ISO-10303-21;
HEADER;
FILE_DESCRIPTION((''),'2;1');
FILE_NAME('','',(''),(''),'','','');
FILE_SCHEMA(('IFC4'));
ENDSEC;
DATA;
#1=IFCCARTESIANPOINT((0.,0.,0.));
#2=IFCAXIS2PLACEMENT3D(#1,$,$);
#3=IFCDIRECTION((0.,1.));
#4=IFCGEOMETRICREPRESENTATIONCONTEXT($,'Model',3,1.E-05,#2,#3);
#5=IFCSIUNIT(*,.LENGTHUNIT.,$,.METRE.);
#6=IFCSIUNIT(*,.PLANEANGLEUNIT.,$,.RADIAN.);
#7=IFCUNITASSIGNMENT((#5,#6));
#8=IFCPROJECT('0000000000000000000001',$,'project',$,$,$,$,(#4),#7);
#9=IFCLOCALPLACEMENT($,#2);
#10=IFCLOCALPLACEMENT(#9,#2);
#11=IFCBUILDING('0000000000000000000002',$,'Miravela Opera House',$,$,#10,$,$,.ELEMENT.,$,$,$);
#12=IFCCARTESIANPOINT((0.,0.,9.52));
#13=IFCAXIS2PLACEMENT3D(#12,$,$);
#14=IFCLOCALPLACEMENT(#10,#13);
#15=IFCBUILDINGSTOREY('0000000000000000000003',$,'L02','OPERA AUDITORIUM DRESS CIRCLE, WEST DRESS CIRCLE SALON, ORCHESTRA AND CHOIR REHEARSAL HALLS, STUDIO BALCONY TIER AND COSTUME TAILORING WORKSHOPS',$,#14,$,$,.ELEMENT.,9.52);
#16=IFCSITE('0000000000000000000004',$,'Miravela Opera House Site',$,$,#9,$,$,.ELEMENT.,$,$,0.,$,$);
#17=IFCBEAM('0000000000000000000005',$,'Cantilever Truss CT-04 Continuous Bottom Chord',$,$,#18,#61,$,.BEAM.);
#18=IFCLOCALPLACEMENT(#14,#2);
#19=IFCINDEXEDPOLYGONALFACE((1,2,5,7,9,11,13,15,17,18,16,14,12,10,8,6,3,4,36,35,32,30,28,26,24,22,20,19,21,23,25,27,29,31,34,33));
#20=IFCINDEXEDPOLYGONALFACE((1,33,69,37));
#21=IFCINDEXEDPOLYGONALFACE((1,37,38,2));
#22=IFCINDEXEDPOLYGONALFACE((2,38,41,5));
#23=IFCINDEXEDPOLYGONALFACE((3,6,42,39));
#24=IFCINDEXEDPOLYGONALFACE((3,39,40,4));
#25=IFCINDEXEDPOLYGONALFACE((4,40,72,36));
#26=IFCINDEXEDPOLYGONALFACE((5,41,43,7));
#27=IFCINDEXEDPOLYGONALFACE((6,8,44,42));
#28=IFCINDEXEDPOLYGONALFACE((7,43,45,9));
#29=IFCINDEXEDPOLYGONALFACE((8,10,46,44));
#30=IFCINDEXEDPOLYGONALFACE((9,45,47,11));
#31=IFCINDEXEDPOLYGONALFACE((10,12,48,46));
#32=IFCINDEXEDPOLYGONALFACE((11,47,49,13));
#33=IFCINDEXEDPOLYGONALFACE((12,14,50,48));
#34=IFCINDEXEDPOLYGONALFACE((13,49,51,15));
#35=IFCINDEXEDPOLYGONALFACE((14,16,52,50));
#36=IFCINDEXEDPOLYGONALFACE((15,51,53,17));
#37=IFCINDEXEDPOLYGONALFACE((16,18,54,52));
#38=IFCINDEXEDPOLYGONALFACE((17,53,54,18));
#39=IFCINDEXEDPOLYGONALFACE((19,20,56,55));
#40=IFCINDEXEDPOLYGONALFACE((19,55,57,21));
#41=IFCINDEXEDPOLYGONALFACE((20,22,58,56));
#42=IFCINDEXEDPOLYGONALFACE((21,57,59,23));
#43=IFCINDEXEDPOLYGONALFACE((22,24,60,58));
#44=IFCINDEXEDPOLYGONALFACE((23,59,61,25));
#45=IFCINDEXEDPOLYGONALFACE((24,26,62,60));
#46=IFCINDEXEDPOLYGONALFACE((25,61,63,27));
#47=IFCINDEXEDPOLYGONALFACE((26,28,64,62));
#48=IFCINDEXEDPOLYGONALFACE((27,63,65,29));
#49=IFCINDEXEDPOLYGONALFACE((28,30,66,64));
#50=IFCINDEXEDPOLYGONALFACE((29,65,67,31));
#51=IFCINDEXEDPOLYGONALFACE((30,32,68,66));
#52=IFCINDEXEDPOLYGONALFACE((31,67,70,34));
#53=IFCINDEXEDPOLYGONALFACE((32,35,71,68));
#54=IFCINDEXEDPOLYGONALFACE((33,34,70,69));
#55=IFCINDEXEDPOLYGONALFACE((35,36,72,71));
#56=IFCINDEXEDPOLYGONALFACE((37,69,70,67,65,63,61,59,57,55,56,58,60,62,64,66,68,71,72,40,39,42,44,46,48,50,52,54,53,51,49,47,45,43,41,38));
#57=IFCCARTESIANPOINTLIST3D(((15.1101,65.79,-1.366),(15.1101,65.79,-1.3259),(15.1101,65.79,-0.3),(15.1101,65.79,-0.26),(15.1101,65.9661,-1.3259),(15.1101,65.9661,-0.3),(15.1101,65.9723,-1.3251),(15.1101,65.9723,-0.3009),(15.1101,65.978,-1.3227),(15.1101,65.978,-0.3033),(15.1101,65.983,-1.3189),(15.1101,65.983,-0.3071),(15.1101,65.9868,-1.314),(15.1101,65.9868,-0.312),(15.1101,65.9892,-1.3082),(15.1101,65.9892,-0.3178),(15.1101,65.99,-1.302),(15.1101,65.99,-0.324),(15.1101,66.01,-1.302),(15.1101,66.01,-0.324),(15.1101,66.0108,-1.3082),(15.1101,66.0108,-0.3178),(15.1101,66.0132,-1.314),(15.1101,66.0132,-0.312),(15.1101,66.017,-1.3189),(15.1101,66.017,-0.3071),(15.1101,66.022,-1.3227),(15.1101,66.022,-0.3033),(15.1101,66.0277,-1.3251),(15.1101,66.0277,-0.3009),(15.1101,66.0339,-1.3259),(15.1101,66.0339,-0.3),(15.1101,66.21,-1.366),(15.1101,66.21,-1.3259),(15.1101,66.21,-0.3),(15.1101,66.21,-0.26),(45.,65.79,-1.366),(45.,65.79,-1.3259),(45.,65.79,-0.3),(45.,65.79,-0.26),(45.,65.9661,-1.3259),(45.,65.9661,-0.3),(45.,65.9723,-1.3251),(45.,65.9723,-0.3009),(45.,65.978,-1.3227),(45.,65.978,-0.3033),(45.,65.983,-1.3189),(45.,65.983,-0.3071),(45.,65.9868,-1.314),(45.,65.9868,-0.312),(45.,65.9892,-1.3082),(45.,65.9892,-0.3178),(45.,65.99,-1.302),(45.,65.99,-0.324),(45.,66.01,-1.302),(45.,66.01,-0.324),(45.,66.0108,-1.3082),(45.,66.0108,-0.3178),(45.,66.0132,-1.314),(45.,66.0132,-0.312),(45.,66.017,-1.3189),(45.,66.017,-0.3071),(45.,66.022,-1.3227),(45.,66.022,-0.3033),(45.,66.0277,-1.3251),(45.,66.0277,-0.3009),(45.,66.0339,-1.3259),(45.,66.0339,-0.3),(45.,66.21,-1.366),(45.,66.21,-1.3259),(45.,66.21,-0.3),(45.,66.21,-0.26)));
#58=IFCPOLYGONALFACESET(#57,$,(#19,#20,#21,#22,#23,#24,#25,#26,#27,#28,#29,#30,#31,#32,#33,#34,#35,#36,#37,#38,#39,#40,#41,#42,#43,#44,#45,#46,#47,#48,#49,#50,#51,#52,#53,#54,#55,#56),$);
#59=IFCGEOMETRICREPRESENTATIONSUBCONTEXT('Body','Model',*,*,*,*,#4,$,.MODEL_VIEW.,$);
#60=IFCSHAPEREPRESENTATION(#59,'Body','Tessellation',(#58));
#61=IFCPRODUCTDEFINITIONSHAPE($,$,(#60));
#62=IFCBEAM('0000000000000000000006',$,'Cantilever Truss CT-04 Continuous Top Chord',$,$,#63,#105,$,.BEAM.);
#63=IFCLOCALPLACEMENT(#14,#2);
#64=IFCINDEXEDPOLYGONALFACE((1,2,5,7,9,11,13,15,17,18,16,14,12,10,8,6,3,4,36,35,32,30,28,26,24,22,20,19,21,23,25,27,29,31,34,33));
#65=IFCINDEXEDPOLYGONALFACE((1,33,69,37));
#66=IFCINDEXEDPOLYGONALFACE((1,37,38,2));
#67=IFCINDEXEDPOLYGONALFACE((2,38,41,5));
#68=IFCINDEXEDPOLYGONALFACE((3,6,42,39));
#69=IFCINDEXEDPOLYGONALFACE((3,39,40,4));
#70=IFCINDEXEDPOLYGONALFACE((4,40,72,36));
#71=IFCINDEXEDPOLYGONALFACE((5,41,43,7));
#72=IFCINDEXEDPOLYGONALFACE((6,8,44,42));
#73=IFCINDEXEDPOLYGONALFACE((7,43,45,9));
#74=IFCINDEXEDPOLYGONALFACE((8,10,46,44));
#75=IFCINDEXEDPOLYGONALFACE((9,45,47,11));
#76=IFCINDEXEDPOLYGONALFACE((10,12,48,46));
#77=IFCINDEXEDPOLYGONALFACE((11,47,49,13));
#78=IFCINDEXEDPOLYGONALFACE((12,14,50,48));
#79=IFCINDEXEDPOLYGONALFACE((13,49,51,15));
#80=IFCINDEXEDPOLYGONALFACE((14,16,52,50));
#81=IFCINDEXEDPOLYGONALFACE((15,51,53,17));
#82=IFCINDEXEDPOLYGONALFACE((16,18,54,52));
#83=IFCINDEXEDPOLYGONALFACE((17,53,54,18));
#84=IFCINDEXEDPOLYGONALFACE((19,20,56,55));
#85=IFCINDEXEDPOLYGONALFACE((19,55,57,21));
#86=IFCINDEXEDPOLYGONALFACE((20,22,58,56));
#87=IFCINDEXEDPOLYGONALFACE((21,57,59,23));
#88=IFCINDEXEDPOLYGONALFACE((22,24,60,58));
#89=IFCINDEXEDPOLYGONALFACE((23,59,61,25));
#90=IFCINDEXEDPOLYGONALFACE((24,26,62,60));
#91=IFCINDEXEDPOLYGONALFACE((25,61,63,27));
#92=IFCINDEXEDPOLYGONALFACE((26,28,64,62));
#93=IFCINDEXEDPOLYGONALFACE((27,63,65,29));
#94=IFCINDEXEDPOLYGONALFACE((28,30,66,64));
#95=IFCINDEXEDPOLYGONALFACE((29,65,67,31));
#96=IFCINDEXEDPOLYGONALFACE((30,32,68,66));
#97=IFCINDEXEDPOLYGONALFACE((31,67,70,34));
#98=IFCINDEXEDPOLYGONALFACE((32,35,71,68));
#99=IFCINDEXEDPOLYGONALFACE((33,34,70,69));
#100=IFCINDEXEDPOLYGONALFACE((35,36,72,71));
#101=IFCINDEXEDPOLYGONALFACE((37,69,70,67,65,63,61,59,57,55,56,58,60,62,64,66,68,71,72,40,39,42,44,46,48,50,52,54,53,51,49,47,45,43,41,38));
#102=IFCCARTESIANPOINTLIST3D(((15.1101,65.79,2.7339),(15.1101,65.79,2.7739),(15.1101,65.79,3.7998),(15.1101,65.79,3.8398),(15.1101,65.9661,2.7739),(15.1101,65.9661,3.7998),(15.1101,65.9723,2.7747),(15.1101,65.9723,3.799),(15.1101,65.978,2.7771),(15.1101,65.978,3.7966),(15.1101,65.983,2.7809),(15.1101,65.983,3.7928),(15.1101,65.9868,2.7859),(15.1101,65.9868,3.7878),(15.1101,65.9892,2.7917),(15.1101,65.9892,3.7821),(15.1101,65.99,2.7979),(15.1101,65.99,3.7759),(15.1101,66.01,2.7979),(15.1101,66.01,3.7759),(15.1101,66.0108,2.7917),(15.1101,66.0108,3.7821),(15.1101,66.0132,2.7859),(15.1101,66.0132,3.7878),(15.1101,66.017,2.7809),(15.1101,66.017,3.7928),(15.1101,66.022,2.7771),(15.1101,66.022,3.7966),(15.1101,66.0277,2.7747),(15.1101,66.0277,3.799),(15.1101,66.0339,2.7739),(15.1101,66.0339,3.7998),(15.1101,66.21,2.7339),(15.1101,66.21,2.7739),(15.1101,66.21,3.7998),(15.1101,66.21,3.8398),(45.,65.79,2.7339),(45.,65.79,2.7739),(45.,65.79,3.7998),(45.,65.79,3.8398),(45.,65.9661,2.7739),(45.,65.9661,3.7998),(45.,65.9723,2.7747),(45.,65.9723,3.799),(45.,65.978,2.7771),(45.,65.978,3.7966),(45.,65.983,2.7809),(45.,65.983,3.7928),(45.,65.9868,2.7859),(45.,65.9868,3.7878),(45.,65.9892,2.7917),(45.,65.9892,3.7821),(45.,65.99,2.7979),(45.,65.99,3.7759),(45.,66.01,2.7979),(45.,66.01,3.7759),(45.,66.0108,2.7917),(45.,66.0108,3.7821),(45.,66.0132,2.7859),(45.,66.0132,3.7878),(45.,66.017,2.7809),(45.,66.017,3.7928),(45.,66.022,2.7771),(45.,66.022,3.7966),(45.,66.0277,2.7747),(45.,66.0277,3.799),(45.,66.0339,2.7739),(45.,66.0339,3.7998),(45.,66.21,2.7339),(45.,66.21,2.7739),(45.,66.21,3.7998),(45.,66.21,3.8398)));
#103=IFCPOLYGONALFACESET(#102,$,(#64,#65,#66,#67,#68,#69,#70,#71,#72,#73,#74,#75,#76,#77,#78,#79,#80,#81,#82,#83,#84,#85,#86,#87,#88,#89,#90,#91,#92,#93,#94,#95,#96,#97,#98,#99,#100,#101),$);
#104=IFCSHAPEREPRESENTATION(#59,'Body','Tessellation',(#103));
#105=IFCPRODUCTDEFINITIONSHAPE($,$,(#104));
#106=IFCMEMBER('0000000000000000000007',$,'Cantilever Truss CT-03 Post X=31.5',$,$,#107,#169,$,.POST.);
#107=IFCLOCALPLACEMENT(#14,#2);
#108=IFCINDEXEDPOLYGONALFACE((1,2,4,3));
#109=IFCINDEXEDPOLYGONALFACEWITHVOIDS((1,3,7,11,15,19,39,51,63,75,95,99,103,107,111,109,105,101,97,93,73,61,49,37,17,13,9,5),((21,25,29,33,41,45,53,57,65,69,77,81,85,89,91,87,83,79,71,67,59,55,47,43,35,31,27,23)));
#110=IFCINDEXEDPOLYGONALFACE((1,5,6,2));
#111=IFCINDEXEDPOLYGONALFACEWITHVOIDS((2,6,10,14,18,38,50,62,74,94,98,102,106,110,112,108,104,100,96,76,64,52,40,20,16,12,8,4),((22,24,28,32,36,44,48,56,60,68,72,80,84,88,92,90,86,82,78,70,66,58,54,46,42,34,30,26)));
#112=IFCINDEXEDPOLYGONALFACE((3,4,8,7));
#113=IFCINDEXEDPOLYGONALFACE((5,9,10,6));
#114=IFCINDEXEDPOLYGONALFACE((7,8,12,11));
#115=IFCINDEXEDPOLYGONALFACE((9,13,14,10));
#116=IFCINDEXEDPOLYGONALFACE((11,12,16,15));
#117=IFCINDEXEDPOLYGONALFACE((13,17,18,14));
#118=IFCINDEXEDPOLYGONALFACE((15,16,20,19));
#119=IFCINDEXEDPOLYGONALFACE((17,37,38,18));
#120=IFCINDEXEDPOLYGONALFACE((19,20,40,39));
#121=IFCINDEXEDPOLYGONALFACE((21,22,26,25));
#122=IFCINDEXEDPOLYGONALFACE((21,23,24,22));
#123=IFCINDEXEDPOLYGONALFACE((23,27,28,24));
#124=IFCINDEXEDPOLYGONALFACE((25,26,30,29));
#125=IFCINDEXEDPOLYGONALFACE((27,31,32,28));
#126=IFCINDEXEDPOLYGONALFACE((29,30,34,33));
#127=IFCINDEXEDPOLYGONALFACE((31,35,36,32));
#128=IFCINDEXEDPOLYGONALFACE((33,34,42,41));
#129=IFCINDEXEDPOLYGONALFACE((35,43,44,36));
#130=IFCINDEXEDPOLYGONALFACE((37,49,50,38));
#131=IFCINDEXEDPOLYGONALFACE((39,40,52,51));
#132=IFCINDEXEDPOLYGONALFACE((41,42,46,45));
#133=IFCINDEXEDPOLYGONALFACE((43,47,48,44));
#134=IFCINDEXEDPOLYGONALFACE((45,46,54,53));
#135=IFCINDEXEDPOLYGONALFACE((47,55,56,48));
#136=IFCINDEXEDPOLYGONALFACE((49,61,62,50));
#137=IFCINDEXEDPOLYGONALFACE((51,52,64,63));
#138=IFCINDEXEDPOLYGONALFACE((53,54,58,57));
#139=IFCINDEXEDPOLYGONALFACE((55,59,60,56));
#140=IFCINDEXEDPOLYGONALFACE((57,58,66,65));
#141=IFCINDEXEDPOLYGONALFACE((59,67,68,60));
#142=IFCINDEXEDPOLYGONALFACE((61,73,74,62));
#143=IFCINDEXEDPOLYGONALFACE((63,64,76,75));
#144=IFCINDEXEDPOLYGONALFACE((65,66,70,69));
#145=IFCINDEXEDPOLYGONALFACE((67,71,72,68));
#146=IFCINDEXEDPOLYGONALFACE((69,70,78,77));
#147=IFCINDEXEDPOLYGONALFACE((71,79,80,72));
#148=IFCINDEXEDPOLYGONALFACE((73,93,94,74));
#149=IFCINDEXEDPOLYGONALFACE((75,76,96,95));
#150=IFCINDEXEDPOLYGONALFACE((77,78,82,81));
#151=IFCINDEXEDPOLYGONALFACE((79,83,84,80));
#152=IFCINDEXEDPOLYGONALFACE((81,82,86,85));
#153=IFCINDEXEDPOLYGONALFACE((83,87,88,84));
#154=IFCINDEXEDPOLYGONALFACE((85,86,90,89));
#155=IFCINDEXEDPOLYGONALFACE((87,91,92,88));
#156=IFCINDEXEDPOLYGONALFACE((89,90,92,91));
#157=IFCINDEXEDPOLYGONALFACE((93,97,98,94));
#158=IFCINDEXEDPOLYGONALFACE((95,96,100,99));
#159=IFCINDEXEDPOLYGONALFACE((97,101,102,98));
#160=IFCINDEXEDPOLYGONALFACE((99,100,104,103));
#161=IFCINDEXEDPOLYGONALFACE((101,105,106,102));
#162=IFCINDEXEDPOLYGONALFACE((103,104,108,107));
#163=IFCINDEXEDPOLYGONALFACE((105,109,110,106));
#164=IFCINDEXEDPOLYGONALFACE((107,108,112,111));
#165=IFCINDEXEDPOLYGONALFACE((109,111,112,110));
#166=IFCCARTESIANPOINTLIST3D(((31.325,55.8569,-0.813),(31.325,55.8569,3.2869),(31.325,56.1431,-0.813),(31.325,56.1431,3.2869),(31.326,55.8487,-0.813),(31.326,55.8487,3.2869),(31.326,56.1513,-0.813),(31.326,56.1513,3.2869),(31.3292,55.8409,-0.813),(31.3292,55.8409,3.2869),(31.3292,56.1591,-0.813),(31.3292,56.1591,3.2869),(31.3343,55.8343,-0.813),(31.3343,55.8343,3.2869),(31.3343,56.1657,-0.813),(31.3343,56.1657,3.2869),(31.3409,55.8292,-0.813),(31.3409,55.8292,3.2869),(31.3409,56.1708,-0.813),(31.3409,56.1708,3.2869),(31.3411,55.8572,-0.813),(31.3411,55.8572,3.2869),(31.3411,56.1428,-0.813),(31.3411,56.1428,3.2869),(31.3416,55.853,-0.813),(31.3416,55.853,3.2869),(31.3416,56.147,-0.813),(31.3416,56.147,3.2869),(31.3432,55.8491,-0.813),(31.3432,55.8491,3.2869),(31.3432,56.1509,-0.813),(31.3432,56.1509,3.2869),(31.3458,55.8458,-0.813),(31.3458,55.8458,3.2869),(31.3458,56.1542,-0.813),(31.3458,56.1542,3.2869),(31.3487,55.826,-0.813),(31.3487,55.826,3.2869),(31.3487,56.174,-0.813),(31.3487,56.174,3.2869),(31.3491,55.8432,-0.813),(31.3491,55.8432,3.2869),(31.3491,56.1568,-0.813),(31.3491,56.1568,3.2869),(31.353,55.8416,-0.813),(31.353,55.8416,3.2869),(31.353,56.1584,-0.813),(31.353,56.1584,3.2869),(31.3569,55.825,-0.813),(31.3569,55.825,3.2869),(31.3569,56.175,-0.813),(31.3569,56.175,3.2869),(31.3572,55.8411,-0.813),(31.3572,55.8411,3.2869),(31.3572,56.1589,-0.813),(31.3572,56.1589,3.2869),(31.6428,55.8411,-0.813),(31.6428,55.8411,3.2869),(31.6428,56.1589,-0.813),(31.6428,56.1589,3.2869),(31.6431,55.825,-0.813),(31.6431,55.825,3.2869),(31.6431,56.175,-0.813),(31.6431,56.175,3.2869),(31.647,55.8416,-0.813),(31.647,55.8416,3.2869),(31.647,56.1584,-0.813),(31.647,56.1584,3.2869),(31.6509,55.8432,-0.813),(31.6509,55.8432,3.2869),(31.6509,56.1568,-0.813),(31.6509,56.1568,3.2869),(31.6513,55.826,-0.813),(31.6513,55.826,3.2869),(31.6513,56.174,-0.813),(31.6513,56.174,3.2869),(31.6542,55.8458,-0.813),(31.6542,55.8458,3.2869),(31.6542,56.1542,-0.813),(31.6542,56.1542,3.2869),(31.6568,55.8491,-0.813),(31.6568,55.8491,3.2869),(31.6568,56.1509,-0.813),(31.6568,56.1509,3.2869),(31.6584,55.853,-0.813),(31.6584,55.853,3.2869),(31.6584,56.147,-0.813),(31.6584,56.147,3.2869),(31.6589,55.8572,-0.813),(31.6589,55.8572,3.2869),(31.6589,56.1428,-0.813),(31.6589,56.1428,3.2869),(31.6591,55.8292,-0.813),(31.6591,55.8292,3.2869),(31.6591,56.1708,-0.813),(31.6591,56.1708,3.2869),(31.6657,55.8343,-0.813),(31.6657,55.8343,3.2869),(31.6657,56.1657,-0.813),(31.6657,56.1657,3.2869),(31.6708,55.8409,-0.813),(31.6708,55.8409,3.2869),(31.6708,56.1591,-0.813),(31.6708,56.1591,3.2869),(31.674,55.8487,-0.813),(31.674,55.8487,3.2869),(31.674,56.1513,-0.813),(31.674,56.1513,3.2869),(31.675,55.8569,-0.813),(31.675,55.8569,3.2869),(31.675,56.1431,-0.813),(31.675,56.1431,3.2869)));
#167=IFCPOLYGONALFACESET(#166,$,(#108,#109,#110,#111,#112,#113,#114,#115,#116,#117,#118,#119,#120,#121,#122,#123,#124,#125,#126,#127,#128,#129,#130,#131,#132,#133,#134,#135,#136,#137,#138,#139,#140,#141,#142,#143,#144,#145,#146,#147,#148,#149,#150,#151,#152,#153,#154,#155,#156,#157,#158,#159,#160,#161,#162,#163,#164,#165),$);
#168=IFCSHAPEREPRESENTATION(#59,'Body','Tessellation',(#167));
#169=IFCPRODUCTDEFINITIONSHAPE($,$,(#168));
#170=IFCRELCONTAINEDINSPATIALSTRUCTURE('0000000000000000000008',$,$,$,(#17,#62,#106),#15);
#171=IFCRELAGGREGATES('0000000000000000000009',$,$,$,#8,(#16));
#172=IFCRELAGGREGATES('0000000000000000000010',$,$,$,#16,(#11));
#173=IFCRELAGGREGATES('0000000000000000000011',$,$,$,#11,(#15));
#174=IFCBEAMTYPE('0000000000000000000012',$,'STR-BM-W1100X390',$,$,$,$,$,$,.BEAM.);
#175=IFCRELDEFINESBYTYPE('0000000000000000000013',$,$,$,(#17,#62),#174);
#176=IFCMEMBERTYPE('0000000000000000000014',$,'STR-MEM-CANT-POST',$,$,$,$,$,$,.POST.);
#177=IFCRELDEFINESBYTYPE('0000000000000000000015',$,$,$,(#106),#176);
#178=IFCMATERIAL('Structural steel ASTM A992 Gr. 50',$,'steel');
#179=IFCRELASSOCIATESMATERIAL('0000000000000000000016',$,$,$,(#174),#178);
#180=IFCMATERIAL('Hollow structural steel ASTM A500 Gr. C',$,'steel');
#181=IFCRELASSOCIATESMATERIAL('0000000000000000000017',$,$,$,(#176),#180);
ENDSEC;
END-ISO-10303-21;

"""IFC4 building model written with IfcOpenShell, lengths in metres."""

from ifc_helpers import new_model, si_unit, direction, frame, origin, origin_2d, place, context, subcontext, project, spatial, hollow_rectangle, i_section, extrude, material, material_profile, profile_set, type_object, element, save


model = new_model("IFC4")

# Units and contexts
model_context = context("Model", 3, precision=1e-05, world=origin(), true_north=direction((0.0, 1.0)))
body_context = subcontext(model_context, "Body", "Model", "MODEL_VIEW")
ifc_project = project(units=[si_unit("LENGTHUNIT", "METRE"), si_unit("PLANEANGLEUNIT", "RADIAN")], contexts=[model_context])

# Site, building, storey
site_placement = place(None, origin())
site = spatial("IfcSite", under=ifc_project, at=site_placement, Name="Miravela Opera House Site", CompositionType="ELEMENT", RefElevation=0.0)
building_placement = place(site_placement, origin())
building = spatial("IfcBuilding", under=site, at=building_placement, Name="Miravela Opera House", CompositionType="ELEMENT")
storey_placement = place(building_placement, frame((0.0, 0.0, 9.52)))
storey = spatial("IfcBuildingStorey", under=building, at=storey_placement, Name="L02", Description="OPERA AUDITORIUM DRESS CIRCLE, WEST DRESS CIRCLE SALON, ORCHESTRA AND CHOIR REHEARSAL HALLS, STUDIO BALCONY TIER AND COSTUME TAILORING WORKSHOPS", CompositionType="ELEMENT", Elevation=9.52)

# Beams
ifc_material_1 = material(Name="Structural steel ASTM A992 Gr. 50", Category="steel")
ifc_material_profile_1 = material_profile(ifc_material_1, i_section(OverallWidth=0.4199, OverallDepth=1.106, WebThickness=0.02, FlangeThickness=0.04, FilletRadius=0.0239, at=origin_2d()), Name="W1100X390")
ifc_profile_set_1 = profile_set([ifc_material_profile_1])
beam_type_1 = type_object("IfcBeamType", Name="STR-BM-W1100X390", PredefinedType="BEAM", material=ifc_profile_set_1)
for number, where, z_axis, x_axis, name in (
    (1, (45.0, 66.0, -0.813), (-1.0, 0.0, 0.0), (0.0, -1.0, 0.0), "Cantilever Truss CT-04 Continuous Bottom Chord"),
    (2, (45.0, 66.0, 3.2869), (-1.0, 0.0, 0.0), (0.0, -1.0, 0.0), "Cantilever Truss CT-04 Continuous Top Chord"),
):
    element("IfcBeam", number, at=place(storey_placement, frame(where, z_axis=z_axis, x_axis=x_axis)), inside=storey, type_object=beam_type_1, Name=name, PredefinedType="BEAM", context=body_context, shape_type="SweptSolid", body=[
        extrude(i_section(OverallWidth=0.4199, OverallDepth=1.106, WebThickness=0.02, FlangeThickness=0.04, FilletRadius=0.0239, at=origin_2d()), origin(), (0.0, 0.0, 1.0), 29.8899),
    ])

# Member
ifc_material_2 = material(Name="Hollow structural steel ASTM A500 Gr. C", Category="steel")
ifc_material_profile_2 = material_profile(ifc_material_2, hollow_rectangle(XDim=0.3501, YDim=0.3501, WallThickness=0.0161, InnerFilletRadius=0.0161, OuterFilletRadius=0.032, at=origin_2d()), Name="HSS350X350X16")
ifc_profile_set_2 = profile_set([ifc_material_profile_2])
member_type = type_object("IfcMemberType", Name="STR-MEM-CANT-POST", PredefinedType="POST", material=ifc_profile_set_2)
for number, where, z_axis, x_axis, name in (
    (3, (31.5, 56.0, -0.813), (0.0, 0.0, 1.0), (1.0, 0.0, 0.0), "Cantilever Truss CT-03 Post X=31.5"),
):
    element("IfcMember", number, at=place(storey_placement, frame(where, z_axis=z_axis, x_axis=x_axis)), inside=storey, type_object=member_type, Name=name, PredefinedType="POST", context=body_context, shape_type="SweptSolid", body=[
        extrude(hollow_rectangle(XDim=0.3501, YDim=0.3501, WallThickness=0.0161, InnerFilletRadius=0.0161, OuterFilletRadius=0.032, at=origin_2d()), origin(), (0.0, 0.0, 1.0), 4.0999),
    ])

save(model, "model.ifc")
